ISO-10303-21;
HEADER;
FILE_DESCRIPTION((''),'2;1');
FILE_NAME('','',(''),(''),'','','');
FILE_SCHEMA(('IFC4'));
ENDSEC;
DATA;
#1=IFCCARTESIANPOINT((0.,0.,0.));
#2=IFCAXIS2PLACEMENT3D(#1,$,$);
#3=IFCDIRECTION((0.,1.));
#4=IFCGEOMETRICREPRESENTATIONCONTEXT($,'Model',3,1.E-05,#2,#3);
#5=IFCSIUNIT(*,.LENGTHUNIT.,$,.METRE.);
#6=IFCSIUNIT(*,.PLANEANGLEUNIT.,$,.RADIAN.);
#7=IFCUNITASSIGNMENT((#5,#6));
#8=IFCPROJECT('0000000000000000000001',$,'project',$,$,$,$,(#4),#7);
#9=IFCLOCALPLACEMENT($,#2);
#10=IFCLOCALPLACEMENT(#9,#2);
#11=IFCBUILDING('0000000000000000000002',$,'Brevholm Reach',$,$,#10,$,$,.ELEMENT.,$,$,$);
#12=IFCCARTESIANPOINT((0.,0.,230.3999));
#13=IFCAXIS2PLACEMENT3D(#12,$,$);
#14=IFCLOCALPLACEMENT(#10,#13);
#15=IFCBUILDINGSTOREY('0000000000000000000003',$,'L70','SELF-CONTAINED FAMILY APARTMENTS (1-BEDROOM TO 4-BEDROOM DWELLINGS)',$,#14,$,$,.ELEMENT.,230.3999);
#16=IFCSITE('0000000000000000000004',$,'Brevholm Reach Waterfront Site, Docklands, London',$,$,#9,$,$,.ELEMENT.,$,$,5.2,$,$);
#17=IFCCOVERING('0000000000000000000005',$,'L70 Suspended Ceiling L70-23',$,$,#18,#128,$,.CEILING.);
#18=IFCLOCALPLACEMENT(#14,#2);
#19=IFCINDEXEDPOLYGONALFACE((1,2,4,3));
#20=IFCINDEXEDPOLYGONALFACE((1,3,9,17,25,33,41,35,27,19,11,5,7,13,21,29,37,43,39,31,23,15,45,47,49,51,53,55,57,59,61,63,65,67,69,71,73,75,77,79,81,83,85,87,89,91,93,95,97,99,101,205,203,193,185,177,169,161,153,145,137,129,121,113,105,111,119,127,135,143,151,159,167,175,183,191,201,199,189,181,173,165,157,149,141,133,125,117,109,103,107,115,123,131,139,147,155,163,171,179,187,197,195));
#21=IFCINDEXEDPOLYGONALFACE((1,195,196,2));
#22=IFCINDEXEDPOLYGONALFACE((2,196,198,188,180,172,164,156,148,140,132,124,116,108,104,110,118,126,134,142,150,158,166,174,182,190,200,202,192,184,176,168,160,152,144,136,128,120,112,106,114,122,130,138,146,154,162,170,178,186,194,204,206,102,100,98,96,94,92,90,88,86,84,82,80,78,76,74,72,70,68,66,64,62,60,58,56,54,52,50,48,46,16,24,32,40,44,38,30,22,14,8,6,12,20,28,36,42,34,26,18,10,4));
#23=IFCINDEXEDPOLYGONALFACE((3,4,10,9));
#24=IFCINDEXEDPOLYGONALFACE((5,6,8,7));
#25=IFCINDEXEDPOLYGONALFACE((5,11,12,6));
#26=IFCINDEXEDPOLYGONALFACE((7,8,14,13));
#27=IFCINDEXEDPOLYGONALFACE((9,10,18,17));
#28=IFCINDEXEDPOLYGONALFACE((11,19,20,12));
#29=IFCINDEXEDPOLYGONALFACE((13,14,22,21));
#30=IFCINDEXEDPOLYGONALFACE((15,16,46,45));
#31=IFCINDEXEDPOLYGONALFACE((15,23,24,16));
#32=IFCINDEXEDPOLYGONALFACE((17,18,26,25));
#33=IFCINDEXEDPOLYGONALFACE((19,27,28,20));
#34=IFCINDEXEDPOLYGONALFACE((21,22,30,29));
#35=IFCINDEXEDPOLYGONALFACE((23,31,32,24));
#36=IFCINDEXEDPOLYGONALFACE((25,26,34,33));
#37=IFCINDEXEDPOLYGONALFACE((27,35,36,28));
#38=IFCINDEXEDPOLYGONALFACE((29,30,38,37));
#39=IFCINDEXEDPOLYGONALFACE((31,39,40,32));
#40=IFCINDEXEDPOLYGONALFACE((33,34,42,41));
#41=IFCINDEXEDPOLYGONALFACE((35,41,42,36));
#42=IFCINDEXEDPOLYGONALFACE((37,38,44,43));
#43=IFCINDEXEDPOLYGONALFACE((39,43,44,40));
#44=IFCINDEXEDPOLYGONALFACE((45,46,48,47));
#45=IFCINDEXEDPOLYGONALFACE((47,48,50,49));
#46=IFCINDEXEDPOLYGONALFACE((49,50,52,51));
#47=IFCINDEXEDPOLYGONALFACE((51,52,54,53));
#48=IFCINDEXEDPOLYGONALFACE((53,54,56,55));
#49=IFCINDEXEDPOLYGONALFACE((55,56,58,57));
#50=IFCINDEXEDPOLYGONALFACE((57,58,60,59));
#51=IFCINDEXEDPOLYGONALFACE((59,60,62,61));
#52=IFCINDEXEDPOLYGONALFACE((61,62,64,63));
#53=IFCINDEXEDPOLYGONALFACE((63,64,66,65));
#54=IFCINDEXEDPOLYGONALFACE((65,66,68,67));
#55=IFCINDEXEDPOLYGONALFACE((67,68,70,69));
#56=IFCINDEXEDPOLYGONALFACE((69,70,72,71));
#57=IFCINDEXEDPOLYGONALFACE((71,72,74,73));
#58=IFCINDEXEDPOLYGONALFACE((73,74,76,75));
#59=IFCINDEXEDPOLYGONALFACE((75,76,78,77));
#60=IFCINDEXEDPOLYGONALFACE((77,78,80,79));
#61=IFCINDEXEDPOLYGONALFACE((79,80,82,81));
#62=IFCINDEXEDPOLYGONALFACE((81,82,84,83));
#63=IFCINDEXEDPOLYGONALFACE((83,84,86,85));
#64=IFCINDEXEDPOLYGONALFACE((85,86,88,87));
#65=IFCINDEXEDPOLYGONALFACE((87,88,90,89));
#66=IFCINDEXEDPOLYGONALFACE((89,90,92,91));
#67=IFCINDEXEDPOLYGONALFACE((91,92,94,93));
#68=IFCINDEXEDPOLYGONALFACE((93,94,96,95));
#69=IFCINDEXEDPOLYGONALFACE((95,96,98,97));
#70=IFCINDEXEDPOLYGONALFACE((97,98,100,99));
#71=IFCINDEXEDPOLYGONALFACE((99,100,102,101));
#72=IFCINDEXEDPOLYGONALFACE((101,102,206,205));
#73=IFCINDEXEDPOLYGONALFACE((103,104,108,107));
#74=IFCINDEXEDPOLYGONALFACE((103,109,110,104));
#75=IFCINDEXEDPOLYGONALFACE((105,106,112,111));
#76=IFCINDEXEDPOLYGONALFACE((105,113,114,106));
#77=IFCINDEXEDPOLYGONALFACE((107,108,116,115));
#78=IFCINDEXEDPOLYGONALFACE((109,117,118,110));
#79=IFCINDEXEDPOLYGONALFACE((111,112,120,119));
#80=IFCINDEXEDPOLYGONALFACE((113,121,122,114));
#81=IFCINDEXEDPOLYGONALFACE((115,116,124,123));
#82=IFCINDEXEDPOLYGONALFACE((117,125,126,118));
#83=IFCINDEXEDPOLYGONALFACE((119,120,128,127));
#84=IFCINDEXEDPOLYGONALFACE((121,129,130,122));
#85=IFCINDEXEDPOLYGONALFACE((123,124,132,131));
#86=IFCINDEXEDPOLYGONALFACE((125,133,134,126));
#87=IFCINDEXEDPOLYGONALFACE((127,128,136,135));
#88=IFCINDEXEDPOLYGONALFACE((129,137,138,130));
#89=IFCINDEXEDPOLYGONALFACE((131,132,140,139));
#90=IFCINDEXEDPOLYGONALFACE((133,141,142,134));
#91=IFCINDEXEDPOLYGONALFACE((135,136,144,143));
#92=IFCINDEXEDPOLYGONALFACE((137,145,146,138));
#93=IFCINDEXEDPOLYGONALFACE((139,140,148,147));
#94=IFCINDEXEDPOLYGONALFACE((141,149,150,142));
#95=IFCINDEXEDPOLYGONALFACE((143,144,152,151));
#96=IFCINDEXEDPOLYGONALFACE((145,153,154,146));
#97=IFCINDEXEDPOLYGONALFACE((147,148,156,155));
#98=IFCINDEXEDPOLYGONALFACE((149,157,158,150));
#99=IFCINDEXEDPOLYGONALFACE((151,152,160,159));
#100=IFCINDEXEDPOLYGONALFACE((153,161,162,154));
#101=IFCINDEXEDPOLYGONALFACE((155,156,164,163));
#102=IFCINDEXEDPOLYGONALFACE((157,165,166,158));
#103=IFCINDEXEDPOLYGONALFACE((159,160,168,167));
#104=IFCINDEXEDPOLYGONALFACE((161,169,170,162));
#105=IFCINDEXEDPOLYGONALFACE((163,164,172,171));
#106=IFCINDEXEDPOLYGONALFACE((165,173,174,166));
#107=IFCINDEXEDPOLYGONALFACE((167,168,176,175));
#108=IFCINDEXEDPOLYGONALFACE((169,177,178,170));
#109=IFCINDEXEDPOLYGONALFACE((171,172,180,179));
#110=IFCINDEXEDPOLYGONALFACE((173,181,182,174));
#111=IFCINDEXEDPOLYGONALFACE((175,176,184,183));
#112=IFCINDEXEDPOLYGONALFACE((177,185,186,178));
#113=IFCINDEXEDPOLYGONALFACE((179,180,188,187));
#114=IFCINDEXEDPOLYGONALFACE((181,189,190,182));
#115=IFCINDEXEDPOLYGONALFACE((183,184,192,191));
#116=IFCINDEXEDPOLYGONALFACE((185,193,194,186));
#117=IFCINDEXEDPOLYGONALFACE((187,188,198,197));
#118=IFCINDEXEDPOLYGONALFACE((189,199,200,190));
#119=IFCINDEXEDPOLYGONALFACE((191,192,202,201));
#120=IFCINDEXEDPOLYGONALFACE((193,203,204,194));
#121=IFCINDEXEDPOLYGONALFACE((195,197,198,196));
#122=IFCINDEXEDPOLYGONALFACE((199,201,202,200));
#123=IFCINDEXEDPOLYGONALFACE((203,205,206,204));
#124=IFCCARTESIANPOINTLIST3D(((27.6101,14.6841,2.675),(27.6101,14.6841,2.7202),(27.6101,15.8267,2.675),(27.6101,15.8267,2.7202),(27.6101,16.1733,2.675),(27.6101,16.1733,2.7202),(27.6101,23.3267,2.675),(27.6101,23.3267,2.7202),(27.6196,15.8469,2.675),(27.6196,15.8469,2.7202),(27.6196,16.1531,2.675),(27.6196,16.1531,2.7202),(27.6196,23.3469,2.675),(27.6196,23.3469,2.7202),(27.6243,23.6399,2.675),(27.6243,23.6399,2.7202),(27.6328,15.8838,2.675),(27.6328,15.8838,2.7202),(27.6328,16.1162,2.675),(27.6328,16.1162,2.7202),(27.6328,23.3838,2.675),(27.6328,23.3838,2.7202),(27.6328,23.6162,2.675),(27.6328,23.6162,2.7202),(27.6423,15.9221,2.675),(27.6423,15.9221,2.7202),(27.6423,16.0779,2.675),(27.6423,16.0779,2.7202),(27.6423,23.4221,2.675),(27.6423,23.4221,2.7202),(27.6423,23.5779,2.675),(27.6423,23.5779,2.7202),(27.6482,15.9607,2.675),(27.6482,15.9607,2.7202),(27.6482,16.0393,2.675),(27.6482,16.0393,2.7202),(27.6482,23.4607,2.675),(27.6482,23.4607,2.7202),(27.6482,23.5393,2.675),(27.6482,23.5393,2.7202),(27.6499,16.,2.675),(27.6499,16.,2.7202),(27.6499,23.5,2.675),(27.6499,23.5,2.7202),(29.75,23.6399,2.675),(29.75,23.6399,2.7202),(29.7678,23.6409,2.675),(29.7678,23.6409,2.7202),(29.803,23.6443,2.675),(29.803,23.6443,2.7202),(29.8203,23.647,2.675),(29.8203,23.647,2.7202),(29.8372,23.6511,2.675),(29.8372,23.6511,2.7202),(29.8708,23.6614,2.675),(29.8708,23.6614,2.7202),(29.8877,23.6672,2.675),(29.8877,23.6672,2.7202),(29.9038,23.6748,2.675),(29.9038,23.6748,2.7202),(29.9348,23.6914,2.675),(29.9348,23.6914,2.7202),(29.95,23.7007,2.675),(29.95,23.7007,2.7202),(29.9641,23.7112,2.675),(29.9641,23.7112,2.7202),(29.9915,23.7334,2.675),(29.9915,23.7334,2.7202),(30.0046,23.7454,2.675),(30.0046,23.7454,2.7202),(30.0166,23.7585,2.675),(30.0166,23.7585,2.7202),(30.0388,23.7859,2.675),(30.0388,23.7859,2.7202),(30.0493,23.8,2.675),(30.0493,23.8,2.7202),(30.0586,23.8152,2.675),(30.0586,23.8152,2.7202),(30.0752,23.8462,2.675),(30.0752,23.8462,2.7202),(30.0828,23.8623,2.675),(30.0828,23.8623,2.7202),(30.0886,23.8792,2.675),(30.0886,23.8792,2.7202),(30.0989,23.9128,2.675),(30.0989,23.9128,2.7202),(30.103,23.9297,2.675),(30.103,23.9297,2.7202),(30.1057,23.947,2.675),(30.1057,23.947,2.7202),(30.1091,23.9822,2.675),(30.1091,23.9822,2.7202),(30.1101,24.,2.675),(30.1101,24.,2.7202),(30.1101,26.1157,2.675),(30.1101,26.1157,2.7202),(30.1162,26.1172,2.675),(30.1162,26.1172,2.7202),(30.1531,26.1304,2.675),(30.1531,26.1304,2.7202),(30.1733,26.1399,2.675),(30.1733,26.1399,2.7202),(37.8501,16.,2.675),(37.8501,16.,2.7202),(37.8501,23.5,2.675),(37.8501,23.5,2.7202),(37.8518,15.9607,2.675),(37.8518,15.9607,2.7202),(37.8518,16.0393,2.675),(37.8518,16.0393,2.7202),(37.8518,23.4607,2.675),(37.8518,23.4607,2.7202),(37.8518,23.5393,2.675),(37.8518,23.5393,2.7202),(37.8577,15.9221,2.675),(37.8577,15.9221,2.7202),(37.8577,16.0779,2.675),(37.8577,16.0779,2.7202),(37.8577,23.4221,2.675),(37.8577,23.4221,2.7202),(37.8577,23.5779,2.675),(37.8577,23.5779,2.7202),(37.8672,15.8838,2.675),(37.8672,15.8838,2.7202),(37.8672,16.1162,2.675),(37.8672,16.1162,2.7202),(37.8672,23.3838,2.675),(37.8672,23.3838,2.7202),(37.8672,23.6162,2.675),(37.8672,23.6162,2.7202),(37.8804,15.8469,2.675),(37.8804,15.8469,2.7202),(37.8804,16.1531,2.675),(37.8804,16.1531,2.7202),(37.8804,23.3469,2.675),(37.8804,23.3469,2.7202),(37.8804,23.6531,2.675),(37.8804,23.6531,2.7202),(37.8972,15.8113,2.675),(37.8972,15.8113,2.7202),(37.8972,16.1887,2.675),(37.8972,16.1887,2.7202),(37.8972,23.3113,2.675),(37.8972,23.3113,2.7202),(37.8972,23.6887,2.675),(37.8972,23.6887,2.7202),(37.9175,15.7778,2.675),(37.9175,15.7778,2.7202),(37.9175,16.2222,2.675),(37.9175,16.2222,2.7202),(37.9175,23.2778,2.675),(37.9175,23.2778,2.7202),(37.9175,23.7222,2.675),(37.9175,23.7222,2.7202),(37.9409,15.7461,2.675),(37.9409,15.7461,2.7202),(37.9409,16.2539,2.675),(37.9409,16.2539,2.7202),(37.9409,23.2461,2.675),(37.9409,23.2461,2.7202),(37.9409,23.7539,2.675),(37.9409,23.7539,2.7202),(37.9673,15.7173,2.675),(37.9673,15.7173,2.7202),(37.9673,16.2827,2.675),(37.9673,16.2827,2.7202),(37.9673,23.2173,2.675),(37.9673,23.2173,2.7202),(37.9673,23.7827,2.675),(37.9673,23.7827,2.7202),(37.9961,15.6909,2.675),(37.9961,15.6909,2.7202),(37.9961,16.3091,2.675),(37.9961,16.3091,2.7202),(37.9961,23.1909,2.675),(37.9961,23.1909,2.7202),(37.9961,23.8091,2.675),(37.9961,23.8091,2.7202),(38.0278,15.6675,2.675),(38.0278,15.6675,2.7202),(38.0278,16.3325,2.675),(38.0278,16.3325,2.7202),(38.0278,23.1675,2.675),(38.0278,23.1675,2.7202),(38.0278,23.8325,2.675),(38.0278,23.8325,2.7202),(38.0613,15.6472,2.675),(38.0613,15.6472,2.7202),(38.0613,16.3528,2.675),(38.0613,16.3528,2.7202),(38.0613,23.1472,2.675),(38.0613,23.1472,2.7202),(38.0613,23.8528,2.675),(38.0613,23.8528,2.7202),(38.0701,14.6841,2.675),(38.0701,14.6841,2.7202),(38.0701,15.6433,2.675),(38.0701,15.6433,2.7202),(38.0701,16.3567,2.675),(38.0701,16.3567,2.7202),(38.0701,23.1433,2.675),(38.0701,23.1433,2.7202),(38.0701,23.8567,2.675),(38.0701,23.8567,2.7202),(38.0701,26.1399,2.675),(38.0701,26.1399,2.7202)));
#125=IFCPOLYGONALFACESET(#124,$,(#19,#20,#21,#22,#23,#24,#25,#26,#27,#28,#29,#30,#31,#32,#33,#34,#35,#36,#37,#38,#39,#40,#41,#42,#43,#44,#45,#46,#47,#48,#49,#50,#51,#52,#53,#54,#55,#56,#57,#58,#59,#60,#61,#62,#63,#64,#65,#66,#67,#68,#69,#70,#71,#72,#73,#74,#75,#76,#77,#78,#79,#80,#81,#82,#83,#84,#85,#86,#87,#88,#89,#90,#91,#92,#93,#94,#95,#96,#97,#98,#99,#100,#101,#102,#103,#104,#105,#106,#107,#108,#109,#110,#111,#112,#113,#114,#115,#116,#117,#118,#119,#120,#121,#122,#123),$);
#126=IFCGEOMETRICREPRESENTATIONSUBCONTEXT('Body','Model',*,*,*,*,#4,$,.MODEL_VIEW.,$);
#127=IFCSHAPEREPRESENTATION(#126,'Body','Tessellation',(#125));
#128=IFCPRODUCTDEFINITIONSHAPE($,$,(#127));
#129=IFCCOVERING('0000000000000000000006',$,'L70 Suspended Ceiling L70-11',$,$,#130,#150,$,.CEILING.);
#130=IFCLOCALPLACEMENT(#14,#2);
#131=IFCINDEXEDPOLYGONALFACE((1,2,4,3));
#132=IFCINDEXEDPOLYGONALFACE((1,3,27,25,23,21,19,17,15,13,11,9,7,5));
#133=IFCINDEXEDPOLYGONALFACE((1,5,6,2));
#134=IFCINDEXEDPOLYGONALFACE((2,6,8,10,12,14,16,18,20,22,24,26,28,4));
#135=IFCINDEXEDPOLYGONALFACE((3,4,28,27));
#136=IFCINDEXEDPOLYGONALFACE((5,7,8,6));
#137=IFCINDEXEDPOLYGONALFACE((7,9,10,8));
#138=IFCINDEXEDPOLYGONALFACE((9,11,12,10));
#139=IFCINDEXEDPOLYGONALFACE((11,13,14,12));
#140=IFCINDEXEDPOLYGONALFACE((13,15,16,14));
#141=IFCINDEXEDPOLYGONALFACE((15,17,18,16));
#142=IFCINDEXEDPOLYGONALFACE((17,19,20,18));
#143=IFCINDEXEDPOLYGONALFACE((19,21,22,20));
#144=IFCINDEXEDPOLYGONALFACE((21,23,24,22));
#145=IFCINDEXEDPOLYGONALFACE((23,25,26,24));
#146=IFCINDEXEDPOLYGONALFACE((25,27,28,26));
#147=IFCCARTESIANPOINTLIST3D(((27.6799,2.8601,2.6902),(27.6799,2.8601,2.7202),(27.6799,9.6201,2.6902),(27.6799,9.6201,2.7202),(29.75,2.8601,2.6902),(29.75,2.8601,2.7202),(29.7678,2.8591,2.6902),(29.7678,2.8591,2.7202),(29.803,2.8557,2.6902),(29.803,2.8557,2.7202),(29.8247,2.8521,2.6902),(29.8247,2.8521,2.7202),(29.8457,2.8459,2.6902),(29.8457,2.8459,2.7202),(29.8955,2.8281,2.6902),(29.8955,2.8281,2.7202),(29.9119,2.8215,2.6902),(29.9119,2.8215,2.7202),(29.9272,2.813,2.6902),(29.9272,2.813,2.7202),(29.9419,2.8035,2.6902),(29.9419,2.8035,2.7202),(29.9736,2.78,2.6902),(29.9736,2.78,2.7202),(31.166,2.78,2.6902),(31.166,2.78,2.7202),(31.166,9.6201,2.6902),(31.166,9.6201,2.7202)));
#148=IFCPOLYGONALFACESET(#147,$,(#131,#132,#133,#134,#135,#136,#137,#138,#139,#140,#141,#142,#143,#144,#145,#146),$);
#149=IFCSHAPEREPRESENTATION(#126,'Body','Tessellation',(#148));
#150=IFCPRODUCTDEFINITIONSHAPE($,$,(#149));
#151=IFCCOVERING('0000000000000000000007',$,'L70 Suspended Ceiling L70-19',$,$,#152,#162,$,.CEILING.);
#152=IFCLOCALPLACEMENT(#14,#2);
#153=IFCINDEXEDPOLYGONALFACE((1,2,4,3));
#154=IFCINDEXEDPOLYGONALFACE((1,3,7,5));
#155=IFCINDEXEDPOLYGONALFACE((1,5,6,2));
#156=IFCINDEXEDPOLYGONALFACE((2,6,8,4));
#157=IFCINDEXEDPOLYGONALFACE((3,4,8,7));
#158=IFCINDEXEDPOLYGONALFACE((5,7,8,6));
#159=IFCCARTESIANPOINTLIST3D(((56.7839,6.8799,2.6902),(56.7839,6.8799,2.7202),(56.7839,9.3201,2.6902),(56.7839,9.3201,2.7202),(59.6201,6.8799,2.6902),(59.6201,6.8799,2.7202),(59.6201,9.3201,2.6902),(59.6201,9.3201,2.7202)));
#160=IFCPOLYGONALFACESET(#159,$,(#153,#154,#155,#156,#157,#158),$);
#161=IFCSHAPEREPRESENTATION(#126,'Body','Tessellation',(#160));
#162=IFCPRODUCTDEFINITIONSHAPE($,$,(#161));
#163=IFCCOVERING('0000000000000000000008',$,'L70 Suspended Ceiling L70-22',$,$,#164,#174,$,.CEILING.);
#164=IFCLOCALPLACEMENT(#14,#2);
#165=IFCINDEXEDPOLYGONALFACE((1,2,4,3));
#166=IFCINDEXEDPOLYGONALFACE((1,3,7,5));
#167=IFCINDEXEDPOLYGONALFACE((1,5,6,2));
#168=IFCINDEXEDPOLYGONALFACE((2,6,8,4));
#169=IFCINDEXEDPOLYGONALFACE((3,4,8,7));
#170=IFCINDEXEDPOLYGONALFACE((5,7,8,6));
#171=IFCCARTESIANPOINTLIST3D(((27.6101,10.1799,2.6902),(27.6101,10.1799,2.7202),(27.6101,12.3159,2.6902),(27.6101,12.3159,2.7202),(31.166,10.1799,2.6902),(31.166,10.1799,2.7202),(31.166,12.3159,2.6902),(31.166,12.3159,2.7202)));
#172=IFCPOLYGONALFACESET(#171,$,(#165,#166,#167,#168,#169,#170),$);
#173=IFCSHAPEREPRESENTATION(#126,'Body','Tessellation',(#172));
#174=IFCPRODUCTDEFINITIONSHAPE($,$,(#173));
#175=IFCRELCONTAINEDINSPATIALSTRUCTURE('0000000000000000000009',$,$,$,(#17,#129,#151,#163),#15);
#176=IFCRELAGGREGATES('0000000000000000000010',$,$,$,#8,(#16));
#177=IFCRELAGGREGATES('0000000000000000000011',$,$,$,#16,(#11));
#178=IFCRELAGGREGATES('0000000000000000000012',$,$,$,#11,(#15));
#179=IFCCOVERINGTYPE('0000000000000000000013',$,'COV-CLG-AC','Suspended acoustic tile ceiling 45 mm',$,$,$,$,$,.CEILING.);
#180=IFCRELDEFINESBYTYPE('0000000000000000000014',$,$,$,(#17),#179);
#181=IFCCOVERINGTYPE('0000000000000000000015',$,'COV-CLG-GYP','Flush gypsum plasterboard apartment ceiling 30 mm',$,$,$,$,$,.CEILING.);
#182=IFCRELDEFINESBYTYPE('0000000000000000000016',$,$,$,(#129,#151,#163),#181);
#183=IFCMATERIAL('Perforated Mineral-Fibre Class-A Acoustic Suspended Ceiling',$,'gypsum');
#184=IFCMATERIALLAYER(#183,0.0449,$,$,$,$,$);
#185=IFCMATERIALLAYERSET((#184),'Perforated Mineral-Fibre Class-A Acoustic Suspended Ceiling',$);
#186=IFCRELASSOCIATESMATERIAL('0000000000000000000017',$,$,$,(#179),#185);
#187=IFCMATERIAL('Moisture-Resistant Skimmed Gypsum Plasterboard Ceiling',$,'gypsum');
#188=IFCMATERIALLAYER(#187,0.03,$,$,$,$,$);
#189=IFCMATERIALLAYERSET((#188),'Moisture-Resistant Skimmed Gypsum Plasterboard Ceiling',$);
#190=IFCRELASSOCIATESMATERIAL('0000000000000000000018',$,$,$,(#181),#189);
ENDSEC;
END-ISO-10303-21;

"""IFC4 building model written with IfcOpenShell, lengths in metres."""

from ifc_helpers import new_model, si_unit, direction, frame, origin, place, context, subcontext, project, spatial, polyline, outline, extrude, material, layer, layer_set, type_object, element, save


model = new_model("IFC4")

# Units and contexts
model_context = context("Model", 3, precision=1e-05, world=origin(), true_north=direction((0.0, 1.0)))
body_context = subcontext(model_context, "Body", "Model", "MODEL_VIEW")
ifc_project = project(units=[si_unit("LENGTHUNIT", "METRE"), si_unit("PLANEANGLEUNIT", "RADIAN")], contexts=[model_context])

# Site, building, storey
site_placement = place(None, origin())
site = spatial("IfcSite", under=ifc_project, at=site_placement, Name="Brevholm Reach Waterfront Site, Docklands, London", CompositionType="ELEMENT", RefElevation=5.2)
building_placement = place(site_placement, origin())
building = spatial("IfcBuilding", under=site, at=building_placement, Name="Brevholm Reach", CompositionType="ELEMENT")
storey_placement = place(building_placement, frame((0.0, 0.0, 230.3999)))
storey = spatial("IfcBuildingStorey", under=building, at=storey_placement, Name="L70", Description="SELF-CONTAINED FAMILY APARTMENTS (1-BEDROOM TO 4-BEDROOM DWELLINGS)", CompositionType="ELEMENT", Elevation=230.3999)

# Coverings
ifc_material_1 = material(Name="Perforated Mineral-Fibre Class-A Acoustic Suspended Ceiling", Category="gypsum")
ifc_layer_1 = layer(ifc_material_1, 0.0449)
ifc_layer_set_1 = layer_set([ifc_layer_1], Name="Perforated Mineral-Fibre Class-A Acoustic Suspended Ceiling")
covering_type_1 = type_object("IfcCoveringType", Name="COV-CLG-AC", Description="Suspended acoustic tile ceiling 45 mm", PredefinedType="CEILING", material=ifc_layer_set_1)
covering_1_placement = place(storey_placement, frame((0.0, 0.0, 2.675)))
element("IfcCovering", 1, at=covering_1_placement, inside=storey, type_object=covering_type_1, Name="L70 Suspended Ceiling L70-23", PredefinedType="CEILING", context=body_context, shape_type="SweptSolid", body=[
    extrude(outline(polyline([(27.6101, 15.8267), (27.6196, 15.8469), (27.6328, 15.8838), (27.6423, 15.9221), (27.6482, 15.9607), (27.6499, 16.0), (27.6482, 16.0393), (27.6423, 16.0779), (27.6328, 16.1162), (27.6196, 16.1531), (27.6101, 16.1733), (27.6101, 23.3267), (27.6196, 23.3469), (27.6328, 23.3838), (27.6423, 23.4221), (27.6482, 23.4607), (27.6499, 23.5), (27.6482, 23.5393), (27.6423, 23.5779), (27.6328, 23.6162), (27.6243, 23.6399), (29.75, 23.6399), (29.7678, 23.6409), (29.803, 23.6443), (29.8203, 23.647), (29.8372, 23.6511), (29.8708, 23.6614), (29.8877, 23.6672), (29.9038, 23.6748), (29.9348, 23.6914), (29.95, 23.7007), (29.9641, 23.7112), (29.9915, 23.7334), (30.0046, 23.7454), (30.0166, 23.7585), (30.0388, 23.7859), (30.0493, 23.8), (30.0586, 23.8152), (30.0752, 23.8462), (30.0828, 23.8623), (30.0886, 23.8792), (30.0989, 23.9128), (30.103, 23.9297), (30.1057, 23.947), (30.1091, 23.9822), (30.1101, 24.0), (30.1101, 26.1157), (30.1162, 26.1172), (30.1531, 26.1304), (30.1733, 26.1399), (38.0701, 26.1399), (38.0701, 23.8567), (38.0613, 23.8528), (38.0278, 23.8325), (37.9961, 23.8091), (37.9673, 23.7827), (37.9409, 23.7539), (37.9175, 23.7222), (37.8972, 23.6887), (37.8804, 23.6531), (37.8672, 23.6162), (37.8577, 23.5779), (37.8518, 23.5393), (37.8501, 23.5), (37.8518, 23.4607), (37.8577, 23.4221), (37.8672, 23.3838), (37.8804, 23.3469), (37.8972, 23.3113), (37.9175, 23.2778), (37.9409, 23.2461), (37.9673, 23.2173), (37.9961, 23.1909), (38.0278, 23.1675), (38.0613, 23.1472), (38.0701, 23.1433), (38.0701, 16.3567), (38.0613, 16.3528), (38.0278, 16.3325), (37.9961, 16.3091), (37.9673, 16.2827), (37.9409, 16.2539), (37.9175, 16.2222), (37.8972, 16.1887), (37.8804, 16.1531), (37.8672, 16.1162), (37.8577, 16.0779), (37.8518, 16.0393), (37.8501, 16.0), (37.8518, 15.9607), (37.8577, 15.9221), (37.8672, 15.8838), (37.8804, 15.8469), (37.8972, 15.8113), (37.9175, 15.7778), (37.9409, 15.7461), (37.9673, 15.7173), (37.9961, 15.6909), (38.0278, 15.6675), (38.0613, 15.6472), (38.0701, 15.6433), (38.0701, 14.6841), (27.6101, 14.6841), (27.6101, 15.8267)])), origin(), (0.0, 0.0, 1.0), 0.0452),
])
ifc_material_2 = material(Name="Moisture-Resistant Skimmed Gypsum Plasterboard Ceiling", Category="gypsum")
ifc_layer_2 = layer(ifc_material_2, 0.03)
ifc_layer_set_2 = layer_set([ifc_layer_2], Name="Moisture-Resistant Skimmed Gypsum Plasterboard Ceiling")
covering_type_2 = type_object("IfcCoveringType", Name="COV-CLG-GYP", Description="Flush gypsum plasterboard apartment ceiling 30 mm", PredefinedType="CEILING", material=ifc_layer_set_2)
covering_2_placement = place(storey_placement, frame((0.0, 0.0, 2.6902)))
element("IfcCovering", 2, at=covering_2_placement, inside=storey, type_object=covering_type_2, Name="L70 Suspended Ceiling L70-11", PredefinedType="CEILING", context=body_context, shape_type="SweptSolid", body=[
    extrude(outline(polyline([(31.166, 9.6201), (31.166, 2.78), (29.9736, 2.78), (29.9419, 2.8035), (29.9272, 2.813), (29.9119, 2.8215), (29.8955, 2.8281), (29.8457, 2.8459), (29.8247, 2.8521), (29.803, 2.8557), (29.7678, 2.8591), (29.75, 2.8601), (27.6799, 2.8601), (27.6799, 9.6201), (31.166, 9.6201)])), origin(), (0.0, 0.0, 1.0), 0.03),
])
covering_3_placement = place(storey_placement, frame((0.0, 0.0, 2.6902)))
element("IfcCovering", 3, at=covering_3_placement, inside=storey, type_object=covering_type_2, Name="L70 Suspended Ceiling L70-19", PredefinedType="CEILING", context=body_context, shape_type="SweptSolid", body=[
    extrude(outline(polyline([(59.6201, 9.3201), (59.6201, 6.8799), (56.7839, 6.8799), (56.7839, 9.3201), (59.6201, 9.3201)])), origin(), (0.0, 0.0, 1.0), 0.03),
])
covering_4_placement = place(storey_placement, frame((0.0, 0.0, 2.6902)))
element("IfcCovering", 4, at=covering_4_placement, inside=storey, type_object=covering_type_2, Name="L70 Suspended Ceiling L70-22", PredefinedType="CEILING", context=body_context, shape_type="SweptSolid", body=[
    extrude(outline(polyline([(27.6101, 10.1799), (27.6101, 12.3159), (31.166, 12.3159), (31.166, 10.1799), (27.6101, 10.1799)])), origin(), (0.0, 0.0, 1.0), 0.03),
])

save(model, "model.ifc")
